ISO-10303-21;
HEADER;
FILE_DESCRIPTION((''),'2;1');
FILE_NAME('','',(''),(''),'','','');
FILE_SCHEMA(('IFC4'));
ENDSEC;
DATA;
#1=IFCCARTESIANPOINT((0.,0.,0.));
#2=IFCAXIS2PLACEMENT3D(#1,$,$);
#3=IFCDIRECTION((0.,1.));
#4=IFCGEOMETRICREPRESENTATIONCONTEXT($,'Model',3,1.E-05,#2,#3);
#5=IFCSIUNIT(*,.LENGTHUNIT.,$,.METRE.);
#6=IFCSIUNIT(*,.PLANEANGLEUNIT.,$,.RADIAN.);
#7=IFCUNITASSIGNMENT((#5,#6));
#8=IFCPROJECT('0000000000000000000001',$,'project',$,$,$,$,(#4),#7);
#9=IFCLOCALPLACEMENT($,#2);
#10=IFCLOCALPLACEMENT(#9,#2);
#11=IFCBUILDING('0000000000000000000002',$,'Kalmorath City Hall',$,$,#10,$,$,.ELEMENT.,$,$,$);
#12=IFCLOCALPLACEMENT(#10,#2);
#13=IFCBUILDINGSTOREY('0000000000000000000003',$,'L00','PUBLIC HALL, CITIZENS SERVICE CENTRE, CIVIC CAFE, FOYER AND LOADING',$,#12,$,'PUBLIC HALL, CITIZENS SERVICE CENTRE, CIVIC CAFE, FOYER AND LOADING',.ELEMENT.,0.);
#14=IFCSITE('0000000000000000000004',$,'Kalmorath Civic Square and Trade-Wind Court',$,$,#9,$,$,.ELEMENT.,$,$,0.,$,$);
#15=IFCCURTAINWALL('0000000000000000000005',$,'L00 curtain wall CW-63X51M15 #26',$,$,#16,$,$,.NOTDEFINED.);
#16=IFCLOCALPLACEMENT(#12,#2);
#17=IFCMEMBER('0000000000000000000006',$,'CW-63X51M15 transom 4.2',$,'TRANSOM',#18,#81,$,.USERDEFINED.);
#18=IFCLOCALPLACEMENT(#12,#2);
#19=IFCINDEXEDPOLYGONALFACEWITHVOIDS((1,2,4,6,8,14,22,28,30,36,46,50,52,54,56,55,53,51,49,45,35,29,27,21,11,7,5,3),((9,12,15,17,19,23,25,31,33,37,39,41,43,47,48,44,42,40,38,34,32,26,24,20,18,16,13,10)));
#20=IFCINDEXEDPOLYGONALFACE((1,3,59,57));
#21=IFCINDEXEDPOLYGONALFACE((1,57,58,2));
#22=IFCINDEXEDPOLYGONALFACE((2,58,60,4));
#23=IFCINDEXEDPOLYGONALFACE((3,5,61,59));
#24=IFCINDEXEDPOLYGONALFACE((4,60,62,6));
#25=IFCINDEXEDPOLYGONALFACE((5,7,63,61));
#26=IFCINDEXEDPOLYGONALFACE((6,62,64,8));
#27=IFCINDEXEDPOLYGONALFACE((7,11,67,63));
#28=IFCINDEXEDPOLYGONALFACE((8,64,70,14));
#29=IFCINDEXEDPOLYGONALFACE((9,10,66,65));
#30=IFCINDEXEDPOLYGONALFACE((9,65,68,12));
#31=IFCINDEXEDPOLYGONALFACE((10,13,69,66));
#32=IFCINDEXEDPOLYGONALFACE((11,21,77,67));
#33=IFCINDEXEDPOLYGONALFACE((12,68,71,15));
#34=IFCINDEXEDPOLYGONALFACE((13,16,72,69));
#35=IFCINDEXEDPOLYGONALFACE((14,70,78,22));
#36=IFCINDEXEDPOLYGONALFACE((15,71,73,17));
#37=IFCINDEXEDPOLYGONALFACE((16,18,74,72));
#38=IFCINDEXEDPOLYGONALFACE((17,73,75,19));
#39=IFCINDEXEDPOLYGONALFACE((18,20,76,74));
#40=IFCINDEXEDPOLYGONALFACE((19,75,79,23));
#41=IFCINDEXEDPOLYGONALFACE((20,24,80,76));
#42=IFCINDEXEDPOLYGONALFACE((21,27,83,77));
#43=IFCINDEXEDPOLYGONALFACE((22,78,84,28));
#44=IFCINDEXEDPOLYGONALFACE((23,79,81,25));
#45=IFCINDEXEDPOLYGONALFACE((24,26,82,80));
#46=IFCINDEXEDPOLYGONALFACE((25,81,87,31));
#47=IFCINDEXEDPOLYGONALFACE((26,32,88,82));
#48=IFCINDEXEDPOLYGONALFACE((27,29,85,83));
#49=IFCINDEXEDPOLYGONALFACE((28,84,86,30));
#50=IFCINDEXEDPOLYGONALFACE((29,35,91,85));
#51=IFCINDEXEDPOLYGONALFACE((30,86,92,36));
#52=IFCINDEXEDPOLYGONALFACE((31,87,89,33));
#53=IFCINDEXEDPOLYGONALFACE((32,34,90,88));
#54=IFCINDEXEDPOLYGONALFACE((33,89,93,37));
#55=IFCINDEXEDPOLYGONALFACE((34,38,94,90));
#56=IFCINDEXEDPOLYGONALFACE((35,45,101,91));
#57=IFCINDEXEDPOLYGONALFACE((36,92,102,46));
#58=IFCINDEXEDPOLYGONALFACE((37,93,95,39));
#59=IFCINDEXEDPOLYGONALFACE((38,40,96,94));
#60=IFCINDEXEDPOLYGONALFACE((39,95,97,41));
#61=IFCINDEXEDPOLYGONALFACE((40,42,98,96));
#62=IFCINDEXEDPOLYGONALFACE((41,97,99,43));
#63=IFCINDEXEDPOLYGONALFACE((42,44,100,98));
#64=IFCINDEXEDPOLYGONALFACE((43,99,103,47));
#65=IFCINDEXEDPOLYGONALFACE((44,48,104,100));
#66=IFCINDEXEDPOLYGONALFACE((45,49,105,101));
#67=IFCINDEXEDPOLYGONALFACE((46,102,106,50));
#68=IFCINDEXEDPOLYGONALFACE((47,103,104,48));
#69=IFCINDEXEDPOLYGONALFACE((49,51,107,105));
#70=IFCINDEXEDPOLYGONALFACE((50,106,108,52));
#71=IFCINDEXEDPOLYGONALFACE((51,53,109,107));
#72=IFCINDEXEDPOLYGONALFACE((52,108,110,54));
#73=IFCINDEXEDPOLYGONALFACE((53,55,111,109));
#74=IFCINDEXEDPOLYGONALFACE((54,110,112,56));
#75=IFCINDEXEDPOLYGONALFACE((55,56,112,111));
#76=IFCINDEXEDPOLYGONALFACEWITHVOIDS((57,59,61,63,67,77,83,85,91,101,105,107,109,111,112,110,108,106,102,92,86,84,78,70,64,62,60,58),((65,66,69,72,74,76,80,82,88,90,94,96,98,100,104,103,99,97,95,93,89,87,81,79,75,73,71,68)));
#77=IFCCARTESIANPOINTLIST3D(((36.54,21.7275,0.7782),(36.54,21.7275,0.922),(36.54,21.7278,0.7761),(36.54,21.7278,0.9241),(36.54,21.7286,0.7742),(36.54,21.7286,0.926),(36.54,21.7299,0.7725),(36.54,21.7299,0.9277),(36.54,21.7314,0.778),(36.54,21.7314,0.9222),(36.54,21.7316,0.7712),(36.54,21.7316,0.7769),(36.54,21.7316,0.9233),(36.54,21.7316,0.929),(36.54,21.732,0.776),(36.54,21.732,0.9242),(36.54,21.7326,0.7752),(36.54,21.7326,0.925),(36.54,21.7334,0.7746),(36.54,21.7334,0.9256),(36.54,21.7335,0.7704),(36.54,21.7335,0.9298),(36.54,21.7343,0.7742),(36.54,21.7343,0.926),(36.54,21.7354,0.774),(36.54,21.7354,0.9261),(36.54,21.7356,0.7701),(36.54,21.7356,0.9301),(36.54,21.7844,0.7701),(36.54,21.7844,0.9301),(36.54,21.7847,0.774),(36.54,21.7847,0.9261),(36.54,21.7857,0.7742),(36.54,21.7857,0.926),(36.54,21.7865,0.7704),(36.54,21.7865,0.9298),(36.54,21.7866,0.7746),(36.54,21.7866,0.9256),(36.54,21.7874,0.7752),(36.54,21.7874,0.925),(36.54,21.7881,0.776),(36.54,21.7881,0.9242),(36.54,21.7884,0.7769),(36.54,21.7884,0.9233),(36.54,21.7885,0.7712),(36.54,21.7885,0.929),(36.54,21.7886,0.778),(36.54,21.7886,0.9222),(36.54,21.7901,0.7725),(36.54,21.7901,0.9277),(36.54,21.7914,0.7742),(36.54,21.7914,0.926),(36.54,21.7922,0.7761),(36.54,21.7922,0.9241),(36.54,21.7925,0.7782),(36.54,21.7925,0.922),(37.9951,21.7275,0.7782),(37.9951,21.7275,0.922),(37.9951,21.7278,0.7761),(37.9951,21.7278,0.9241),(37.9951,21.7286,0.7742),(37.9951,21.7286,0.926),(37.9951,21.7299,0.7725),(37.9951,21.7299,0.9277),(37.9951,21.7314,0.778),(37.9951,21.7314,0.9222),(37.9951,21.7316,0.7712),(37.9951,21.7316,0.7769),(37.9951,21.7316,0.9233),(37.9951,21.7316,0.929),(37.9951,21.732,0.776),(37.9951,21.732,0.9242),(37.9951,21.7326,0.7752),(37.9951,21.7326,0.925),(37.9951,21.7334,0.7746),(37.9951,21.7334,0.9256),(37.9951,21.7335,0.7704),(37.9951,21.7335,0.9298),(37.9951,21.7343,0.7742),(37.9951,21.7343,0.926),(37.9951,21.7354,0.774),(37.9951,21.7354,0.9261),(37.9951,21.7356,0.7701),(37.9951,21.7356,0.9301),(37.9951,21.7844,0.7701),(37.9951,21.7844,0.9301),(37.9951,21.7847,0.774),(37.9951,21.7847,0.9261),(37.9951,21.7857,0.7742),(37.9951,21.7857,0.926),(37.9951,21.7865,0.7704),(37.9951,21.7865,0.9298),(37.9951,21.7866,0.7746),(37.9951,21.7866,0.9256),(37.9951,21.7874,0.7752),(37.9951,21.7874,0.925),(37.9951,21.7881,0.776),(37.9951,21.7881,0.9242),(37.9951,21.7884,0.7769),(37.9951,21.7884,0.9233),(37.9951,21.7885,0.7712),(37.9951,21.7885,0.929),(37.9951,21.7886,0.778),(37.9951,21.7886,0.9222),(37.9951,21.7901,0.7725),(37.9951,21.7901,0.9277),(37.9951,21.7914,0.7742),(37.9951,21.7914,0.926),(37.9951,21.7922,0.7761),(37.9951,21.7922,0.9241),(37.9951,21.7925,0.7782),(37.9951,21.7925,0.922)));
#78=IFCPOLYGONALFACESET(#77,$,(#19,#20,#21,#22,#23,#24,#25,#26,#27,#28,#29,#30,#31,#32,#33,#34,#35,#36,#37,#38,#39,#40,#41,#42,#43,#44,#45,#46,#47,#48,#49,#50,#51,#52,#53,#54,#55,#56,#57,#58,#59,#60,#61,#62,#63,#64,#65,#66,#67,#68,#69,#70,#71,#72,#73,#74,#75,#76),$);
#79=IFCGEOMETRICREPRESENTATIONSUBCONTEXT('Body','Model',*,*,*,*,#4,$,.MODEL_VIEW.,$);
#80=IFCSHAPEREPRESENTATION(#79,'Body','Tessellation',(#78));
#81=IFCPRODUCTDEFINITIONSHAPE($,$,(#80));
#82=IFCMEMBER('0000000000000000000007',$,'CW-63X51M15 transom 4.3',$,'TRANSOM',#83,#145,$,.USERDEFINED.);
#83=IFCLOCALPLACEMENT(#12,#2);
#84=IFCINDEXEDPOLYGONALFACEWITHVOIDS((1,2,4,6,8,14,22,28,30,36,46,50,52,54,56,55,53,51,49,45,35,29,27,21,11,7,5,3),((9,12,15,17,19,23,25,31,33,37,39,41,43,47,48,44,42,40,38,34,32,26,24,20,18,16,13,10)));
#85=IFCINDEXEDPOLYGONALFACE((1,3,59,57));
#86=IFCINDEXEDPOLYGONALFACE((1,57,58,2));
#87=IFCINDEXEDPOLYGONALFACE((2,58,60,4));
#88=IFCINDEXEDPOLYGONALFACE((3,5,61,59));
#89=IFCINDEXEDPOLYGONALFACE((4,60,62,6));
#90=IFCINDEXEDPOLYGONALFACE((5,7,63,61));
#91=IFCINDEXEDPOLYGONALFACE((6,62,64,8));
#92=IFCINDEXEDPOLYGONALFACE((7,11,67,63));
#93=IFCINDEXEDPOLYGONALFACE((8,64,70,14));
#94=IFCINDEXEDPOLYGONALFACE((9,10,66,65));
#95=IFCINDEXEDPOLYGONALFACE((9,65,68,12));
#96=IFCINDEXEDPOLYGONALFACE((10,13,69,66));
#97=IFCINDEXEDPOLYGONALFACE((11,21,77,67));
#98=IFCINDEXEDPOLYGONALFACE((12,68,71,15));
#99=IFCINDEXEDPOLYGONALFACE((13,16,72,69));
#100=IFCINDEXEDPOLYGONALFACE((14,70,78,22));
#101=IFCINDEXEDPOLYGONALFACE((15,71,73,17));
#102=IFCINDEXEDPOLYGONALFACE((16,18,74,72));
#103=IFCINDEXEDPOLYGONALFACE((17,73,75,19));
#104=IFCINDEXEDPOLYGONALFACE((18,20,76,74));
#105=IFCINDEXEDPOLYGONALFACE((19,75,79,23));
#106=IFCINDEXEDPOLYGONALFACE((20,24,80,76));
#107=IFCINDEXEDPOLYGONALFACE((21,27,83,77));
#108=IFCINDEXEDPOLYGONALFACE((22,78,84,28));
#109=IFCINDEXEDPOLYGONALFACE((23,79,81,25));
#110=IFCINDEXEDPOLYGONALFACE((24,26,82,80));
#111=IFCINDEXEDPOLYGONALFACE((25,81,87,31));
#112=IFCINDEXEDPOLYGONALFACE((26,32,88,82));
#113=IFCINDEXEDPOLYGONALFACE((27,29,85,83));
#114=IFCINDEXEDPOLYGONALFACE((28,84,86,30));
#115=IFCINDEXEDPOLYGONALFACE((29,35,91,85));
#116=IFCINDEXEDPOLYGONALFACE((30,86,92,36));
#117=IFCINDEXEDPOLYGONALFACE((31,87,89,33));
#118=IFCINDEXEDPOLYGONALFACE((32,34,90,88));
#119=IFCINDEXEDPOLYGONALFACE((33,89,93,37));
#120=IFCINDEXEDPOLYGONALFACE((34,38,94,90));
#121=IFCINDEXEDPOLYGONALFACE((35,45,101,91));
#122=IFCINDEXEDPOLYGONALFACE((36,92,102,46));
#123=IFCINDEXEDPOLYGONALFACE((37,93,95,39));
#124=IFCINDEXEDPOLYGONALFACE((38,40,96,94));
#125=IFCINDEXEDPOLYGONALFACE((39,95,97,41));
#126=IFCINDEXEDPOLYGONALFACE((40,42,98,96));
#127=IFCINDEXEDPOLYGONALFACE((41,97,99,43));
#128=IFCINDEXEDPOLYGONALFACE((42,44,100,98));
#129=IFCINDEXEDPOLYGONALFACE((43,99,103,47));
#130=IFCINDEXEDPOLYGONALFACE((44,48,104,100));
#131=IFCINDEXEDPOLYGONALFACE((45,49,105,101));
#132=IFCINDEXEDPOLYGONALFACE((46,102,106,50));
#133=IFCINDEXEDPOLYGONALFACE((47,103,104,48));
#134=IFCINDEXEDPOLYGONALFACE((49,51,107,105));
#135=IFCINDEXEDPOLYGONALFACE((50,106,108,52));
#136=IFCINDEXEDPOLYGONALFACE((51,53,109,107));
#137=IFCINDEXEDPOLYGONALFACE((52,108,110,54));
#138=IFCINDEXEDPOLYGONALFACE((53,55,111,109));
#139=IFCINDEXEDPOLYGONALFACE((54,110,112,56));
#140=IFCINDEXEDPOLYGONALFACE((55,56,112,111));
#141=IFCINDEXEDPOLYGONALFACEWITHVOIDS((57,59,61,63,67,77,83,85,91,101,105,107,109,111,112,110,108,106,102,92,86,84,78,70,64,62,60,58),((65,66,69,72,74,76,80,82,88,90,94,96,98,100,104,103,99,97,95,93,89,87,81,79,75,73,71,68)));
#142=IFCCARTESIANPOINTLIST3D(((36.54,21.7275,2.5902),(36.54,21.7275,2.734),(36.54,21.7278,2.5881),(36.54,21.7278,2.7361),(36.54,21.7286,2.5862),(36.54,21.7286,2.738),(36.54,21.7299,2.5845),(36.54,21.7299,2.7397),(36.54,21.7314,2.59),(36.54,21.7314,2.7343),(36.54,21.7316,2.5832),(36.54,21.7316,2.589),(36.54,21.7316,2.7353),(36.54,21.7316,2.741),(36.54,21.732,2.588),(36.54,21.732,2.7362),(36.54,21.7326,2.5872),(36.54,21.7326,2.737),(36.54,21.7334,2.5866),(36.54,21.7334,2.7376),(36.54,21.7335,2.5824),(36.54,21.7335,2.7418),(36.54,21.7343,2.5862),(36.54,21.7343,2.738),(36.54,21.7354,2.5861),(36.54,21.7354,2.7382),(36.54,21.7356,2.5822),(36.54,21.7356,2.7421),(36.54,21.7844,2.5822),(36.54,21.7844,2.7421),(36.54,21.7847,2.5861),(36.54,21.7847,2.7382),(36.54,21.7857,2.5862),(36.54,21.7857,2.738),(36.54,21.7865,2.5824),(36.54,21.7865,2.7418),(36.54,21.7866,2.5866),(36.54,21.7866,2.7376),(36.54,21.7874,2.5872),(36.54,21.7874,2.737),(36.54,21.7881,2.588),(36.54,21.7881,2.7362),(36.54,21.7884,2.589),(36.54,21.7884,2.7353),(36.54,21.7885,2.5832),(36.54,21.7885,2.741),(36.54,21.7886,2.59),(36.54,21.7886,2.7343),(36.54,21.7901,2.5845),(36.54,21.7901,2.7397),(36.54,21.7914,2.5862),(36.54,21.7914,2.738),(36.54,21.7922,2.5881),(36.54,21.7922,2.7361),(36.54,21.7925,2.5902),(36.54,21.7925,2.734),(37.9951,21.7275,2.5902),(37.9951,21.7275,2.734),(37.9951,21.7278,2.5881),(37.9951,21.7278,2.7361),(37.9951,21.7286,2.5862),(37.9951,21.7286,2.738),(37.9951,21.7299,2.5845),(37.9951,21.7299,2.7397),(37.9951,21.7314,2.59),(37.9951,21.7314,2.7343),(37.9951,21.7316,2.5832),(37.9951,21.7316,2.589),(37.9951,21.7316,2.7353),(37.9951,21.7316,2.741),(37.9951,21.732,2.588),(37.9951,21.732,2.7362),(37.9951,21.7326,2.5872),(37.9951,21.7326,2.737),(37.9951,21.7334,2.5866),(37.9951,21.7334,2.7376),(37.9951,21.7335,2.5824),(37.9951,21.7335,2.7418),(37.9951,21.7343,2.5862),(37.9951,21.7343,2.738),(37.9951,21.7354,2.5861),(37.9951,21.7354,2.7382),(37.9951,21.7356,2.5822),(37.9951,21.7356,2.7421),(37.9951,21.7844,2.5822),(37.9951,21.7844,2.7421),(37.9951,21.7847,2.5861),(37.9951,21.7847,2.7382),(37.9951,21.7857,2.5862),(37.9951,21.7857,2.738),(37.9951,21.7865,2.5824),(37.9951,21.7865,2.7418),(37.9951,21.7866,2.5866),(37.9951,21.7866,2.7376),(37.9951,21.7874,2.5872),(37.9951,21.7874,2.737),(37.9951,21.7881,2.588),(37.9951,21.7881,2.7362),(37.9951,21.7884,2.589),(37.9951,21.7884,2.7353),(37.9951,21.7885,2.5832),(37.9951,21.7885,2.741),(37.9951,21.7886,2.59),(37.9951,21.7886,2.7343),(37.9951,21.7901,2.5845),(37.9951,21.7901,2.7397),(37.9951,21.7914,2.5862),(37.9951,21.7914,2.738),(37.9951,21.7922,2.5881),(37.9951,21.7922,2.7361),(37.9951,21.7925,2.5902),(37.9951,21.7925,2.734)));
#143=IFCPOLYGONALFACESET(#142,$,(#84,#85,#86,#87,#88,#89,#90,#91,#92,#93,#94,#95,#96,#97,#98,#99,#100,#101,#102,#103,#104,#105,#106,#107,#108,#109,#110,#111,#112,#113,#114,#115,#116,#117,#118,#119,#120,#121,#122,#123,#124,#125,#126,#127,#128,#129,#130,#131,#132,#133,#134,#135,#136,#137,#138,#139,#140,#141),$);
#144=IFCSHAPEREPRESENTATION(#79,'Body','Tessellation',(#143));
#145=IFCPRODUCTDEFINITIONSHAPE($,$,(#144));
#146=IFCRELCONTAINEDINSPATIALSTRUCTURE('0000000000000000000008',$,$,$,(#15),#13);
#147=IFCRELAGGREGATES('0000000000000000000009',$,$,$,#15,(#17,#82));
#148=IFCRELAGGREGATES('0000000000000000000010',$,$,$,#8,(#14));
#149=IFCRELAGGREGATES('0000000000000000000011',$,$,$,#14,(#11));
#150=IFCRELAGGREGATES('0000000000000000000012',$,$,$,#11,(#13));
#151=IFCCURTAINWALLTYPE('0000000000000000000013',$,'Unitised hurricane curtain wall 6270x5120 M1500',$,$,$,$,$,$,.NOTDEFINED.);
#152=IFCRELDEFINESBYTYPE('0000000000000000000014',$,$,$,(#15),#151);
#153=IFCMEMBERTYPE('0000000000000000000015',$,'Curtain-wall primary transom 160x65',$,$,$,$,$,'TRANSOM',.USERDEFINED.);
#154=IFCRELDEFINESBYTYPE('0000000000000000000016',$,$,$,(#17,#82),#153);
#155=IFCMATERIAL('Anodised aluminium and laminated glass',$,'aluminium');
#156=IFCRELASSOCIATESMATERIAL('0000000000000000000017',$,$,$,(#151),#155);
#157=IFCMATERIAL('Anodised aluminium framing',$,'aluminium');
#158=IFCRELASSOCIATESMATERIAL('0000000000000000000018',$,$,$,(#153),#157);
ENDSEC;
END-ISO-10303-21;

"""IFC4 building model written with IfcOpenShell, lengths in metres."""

from ifc_helpers import new_model, si_unit, direction, frame, origin, origin_2d, place, context, subcontext, project, spatial, hollow_rectangle, extrude, material, material_profile, profile_set, type_object, element, aggregate, save


model = new_model("IFC4")

# Units and contexts
model_context = context("Model", 3, precision=1e-05, world=origin(), true_north=direction((0.0, 1.0)))
body_context = subcontext(model_context, "Body", "Model", "MODEL_VIEW")
ifc_project = project(units=[si_unit("LENGTHUNIT", "METRE"), si_unit("PLANEANGLEUNIT", "RADIAN")], contexts=[model_context])

# Site, building, storey
site_placement = place(None, origin())
site = spatial("IfcSite", under=ifc_project, at=site_placement, Name="Kalmorath Civic Square and Trade-Wind Court", CompositionType="ELEMENT", RefElevation=0.0)
building_placement = place(site_placement, origin())
building = spatial("IfcBuilding", under=site, at=building_placement, Name="Kalmorath City Hall", CompositionType="ELEMENT")
storey_placement = place(building_placement, origin())
storey = spatial("IfcBuildingStorey", under=building, at=storey_placement, Name="L00", Description="PUBLIC HALL, CITIZENS SERVICE CENTRE, CIVIC CAFE, FOYER AND LOADING", LongName="PUBLIC HALL, CITIZENS SERVICE CENTRE, CIVIC CAFE, FOYER AND LOADING", CompositionType="ELEMENT", Elevation=0.0)

# Curtain wall, members
ifc_material_1 = material(Name="Anodised aluminium and laminated glass", Category="aluminium")
curtain_wall_type = type_object("IfcCurtainWallType", Name="Unitised hurricane curtain wall 6270x5120 M1500", PredefinedType="NOTDEFINED", material=ifc_material_1)
curtain_wall_placement = place(storey_placement, origin())
curtain_wall = element("IfcCurtainWall", 1, at=curtain_wall_placement, inside=storey, type_object=curtain_wall_type, Name="L00 curtain wall CW-63X51M15 #26", PredefinedType="NOTDEFINED")
ifc_material_2 = material(Name="Anodised aluminium framing", Category="aluminium")
ifc_material_profile_1 = material_profile(ifc_material_2, hollow_rectangle(XDim=0.0649, YDim=0.1599, WallThickness=0.0039, InnerFilletRadius=0.0039, OuterFilletRadius=0.0081, at=origin_2d()), Name="ALU-TRN-160X65X4")
ifc_profile_set_1 = profile_set([ifc_material_profile_1], Name="Anodised aluminium framing")
member_type_1 = type_object("IfcMemberType", Name="Curtain-wall primary transom 160x65", ElementType="TRANSOM", PredefinedType="USERDEFINED", material=ifc_profile_set_1)
member_1_placement = place(storey_placement, frame((37.9951, 21.76, 0.8501), z_axis=(-1.0, 0.0, 0.0), x_axis=(0.0, -1.0, 0.0)))
member_1 = element("IfcMember", 2, at=member_1_placement, type_object=member_type_1, Name="CW-63X51M15 transom 4.2", ObjectType="TRANSOM", PredefinedType="USERDEFINED", context=body_context, shape_type="SweptSolid", body=[
    extrude(hollow_rectangle(XDim=0.0649, YDim=0.1599, WallThickness=0.0039, InnerFilletRadius=0.0039, OuterFilletRadius=0.0081, at=origin_2d()), origin(), (0.0, 0.0, 1.0), 1.4551),
])
member_2_placement = place(storey_placement, frame((37.9951, 21.76, 2.6621), z_axis=(-1.0, 0.0, 0.0), x_axis=(0.0, -1.0, 0.0)))
member_2 = element("IfcMember", 3, at=member_2_placement, type_object=member_type_1, Name="CW-63X51M15 transom 4.3", ObjectType="TRANSOM", PredefinedType="USERDEFINED", context=body_context, shape_type="SweptSolid", body=[
    extrude(hollow_rectangle(XDim=0.0649, YDim=0.1599, WallThickness=0.0039, InnerFilletRadius=0.0039, OuterFilletRadius=0.0081, at=origin_2d()), origin(), (0.0, 0.0, 1.0), 1.4551),
])

aggregate(curtain_wall, [member_1, member_2])

save(model, "model.ifc")
